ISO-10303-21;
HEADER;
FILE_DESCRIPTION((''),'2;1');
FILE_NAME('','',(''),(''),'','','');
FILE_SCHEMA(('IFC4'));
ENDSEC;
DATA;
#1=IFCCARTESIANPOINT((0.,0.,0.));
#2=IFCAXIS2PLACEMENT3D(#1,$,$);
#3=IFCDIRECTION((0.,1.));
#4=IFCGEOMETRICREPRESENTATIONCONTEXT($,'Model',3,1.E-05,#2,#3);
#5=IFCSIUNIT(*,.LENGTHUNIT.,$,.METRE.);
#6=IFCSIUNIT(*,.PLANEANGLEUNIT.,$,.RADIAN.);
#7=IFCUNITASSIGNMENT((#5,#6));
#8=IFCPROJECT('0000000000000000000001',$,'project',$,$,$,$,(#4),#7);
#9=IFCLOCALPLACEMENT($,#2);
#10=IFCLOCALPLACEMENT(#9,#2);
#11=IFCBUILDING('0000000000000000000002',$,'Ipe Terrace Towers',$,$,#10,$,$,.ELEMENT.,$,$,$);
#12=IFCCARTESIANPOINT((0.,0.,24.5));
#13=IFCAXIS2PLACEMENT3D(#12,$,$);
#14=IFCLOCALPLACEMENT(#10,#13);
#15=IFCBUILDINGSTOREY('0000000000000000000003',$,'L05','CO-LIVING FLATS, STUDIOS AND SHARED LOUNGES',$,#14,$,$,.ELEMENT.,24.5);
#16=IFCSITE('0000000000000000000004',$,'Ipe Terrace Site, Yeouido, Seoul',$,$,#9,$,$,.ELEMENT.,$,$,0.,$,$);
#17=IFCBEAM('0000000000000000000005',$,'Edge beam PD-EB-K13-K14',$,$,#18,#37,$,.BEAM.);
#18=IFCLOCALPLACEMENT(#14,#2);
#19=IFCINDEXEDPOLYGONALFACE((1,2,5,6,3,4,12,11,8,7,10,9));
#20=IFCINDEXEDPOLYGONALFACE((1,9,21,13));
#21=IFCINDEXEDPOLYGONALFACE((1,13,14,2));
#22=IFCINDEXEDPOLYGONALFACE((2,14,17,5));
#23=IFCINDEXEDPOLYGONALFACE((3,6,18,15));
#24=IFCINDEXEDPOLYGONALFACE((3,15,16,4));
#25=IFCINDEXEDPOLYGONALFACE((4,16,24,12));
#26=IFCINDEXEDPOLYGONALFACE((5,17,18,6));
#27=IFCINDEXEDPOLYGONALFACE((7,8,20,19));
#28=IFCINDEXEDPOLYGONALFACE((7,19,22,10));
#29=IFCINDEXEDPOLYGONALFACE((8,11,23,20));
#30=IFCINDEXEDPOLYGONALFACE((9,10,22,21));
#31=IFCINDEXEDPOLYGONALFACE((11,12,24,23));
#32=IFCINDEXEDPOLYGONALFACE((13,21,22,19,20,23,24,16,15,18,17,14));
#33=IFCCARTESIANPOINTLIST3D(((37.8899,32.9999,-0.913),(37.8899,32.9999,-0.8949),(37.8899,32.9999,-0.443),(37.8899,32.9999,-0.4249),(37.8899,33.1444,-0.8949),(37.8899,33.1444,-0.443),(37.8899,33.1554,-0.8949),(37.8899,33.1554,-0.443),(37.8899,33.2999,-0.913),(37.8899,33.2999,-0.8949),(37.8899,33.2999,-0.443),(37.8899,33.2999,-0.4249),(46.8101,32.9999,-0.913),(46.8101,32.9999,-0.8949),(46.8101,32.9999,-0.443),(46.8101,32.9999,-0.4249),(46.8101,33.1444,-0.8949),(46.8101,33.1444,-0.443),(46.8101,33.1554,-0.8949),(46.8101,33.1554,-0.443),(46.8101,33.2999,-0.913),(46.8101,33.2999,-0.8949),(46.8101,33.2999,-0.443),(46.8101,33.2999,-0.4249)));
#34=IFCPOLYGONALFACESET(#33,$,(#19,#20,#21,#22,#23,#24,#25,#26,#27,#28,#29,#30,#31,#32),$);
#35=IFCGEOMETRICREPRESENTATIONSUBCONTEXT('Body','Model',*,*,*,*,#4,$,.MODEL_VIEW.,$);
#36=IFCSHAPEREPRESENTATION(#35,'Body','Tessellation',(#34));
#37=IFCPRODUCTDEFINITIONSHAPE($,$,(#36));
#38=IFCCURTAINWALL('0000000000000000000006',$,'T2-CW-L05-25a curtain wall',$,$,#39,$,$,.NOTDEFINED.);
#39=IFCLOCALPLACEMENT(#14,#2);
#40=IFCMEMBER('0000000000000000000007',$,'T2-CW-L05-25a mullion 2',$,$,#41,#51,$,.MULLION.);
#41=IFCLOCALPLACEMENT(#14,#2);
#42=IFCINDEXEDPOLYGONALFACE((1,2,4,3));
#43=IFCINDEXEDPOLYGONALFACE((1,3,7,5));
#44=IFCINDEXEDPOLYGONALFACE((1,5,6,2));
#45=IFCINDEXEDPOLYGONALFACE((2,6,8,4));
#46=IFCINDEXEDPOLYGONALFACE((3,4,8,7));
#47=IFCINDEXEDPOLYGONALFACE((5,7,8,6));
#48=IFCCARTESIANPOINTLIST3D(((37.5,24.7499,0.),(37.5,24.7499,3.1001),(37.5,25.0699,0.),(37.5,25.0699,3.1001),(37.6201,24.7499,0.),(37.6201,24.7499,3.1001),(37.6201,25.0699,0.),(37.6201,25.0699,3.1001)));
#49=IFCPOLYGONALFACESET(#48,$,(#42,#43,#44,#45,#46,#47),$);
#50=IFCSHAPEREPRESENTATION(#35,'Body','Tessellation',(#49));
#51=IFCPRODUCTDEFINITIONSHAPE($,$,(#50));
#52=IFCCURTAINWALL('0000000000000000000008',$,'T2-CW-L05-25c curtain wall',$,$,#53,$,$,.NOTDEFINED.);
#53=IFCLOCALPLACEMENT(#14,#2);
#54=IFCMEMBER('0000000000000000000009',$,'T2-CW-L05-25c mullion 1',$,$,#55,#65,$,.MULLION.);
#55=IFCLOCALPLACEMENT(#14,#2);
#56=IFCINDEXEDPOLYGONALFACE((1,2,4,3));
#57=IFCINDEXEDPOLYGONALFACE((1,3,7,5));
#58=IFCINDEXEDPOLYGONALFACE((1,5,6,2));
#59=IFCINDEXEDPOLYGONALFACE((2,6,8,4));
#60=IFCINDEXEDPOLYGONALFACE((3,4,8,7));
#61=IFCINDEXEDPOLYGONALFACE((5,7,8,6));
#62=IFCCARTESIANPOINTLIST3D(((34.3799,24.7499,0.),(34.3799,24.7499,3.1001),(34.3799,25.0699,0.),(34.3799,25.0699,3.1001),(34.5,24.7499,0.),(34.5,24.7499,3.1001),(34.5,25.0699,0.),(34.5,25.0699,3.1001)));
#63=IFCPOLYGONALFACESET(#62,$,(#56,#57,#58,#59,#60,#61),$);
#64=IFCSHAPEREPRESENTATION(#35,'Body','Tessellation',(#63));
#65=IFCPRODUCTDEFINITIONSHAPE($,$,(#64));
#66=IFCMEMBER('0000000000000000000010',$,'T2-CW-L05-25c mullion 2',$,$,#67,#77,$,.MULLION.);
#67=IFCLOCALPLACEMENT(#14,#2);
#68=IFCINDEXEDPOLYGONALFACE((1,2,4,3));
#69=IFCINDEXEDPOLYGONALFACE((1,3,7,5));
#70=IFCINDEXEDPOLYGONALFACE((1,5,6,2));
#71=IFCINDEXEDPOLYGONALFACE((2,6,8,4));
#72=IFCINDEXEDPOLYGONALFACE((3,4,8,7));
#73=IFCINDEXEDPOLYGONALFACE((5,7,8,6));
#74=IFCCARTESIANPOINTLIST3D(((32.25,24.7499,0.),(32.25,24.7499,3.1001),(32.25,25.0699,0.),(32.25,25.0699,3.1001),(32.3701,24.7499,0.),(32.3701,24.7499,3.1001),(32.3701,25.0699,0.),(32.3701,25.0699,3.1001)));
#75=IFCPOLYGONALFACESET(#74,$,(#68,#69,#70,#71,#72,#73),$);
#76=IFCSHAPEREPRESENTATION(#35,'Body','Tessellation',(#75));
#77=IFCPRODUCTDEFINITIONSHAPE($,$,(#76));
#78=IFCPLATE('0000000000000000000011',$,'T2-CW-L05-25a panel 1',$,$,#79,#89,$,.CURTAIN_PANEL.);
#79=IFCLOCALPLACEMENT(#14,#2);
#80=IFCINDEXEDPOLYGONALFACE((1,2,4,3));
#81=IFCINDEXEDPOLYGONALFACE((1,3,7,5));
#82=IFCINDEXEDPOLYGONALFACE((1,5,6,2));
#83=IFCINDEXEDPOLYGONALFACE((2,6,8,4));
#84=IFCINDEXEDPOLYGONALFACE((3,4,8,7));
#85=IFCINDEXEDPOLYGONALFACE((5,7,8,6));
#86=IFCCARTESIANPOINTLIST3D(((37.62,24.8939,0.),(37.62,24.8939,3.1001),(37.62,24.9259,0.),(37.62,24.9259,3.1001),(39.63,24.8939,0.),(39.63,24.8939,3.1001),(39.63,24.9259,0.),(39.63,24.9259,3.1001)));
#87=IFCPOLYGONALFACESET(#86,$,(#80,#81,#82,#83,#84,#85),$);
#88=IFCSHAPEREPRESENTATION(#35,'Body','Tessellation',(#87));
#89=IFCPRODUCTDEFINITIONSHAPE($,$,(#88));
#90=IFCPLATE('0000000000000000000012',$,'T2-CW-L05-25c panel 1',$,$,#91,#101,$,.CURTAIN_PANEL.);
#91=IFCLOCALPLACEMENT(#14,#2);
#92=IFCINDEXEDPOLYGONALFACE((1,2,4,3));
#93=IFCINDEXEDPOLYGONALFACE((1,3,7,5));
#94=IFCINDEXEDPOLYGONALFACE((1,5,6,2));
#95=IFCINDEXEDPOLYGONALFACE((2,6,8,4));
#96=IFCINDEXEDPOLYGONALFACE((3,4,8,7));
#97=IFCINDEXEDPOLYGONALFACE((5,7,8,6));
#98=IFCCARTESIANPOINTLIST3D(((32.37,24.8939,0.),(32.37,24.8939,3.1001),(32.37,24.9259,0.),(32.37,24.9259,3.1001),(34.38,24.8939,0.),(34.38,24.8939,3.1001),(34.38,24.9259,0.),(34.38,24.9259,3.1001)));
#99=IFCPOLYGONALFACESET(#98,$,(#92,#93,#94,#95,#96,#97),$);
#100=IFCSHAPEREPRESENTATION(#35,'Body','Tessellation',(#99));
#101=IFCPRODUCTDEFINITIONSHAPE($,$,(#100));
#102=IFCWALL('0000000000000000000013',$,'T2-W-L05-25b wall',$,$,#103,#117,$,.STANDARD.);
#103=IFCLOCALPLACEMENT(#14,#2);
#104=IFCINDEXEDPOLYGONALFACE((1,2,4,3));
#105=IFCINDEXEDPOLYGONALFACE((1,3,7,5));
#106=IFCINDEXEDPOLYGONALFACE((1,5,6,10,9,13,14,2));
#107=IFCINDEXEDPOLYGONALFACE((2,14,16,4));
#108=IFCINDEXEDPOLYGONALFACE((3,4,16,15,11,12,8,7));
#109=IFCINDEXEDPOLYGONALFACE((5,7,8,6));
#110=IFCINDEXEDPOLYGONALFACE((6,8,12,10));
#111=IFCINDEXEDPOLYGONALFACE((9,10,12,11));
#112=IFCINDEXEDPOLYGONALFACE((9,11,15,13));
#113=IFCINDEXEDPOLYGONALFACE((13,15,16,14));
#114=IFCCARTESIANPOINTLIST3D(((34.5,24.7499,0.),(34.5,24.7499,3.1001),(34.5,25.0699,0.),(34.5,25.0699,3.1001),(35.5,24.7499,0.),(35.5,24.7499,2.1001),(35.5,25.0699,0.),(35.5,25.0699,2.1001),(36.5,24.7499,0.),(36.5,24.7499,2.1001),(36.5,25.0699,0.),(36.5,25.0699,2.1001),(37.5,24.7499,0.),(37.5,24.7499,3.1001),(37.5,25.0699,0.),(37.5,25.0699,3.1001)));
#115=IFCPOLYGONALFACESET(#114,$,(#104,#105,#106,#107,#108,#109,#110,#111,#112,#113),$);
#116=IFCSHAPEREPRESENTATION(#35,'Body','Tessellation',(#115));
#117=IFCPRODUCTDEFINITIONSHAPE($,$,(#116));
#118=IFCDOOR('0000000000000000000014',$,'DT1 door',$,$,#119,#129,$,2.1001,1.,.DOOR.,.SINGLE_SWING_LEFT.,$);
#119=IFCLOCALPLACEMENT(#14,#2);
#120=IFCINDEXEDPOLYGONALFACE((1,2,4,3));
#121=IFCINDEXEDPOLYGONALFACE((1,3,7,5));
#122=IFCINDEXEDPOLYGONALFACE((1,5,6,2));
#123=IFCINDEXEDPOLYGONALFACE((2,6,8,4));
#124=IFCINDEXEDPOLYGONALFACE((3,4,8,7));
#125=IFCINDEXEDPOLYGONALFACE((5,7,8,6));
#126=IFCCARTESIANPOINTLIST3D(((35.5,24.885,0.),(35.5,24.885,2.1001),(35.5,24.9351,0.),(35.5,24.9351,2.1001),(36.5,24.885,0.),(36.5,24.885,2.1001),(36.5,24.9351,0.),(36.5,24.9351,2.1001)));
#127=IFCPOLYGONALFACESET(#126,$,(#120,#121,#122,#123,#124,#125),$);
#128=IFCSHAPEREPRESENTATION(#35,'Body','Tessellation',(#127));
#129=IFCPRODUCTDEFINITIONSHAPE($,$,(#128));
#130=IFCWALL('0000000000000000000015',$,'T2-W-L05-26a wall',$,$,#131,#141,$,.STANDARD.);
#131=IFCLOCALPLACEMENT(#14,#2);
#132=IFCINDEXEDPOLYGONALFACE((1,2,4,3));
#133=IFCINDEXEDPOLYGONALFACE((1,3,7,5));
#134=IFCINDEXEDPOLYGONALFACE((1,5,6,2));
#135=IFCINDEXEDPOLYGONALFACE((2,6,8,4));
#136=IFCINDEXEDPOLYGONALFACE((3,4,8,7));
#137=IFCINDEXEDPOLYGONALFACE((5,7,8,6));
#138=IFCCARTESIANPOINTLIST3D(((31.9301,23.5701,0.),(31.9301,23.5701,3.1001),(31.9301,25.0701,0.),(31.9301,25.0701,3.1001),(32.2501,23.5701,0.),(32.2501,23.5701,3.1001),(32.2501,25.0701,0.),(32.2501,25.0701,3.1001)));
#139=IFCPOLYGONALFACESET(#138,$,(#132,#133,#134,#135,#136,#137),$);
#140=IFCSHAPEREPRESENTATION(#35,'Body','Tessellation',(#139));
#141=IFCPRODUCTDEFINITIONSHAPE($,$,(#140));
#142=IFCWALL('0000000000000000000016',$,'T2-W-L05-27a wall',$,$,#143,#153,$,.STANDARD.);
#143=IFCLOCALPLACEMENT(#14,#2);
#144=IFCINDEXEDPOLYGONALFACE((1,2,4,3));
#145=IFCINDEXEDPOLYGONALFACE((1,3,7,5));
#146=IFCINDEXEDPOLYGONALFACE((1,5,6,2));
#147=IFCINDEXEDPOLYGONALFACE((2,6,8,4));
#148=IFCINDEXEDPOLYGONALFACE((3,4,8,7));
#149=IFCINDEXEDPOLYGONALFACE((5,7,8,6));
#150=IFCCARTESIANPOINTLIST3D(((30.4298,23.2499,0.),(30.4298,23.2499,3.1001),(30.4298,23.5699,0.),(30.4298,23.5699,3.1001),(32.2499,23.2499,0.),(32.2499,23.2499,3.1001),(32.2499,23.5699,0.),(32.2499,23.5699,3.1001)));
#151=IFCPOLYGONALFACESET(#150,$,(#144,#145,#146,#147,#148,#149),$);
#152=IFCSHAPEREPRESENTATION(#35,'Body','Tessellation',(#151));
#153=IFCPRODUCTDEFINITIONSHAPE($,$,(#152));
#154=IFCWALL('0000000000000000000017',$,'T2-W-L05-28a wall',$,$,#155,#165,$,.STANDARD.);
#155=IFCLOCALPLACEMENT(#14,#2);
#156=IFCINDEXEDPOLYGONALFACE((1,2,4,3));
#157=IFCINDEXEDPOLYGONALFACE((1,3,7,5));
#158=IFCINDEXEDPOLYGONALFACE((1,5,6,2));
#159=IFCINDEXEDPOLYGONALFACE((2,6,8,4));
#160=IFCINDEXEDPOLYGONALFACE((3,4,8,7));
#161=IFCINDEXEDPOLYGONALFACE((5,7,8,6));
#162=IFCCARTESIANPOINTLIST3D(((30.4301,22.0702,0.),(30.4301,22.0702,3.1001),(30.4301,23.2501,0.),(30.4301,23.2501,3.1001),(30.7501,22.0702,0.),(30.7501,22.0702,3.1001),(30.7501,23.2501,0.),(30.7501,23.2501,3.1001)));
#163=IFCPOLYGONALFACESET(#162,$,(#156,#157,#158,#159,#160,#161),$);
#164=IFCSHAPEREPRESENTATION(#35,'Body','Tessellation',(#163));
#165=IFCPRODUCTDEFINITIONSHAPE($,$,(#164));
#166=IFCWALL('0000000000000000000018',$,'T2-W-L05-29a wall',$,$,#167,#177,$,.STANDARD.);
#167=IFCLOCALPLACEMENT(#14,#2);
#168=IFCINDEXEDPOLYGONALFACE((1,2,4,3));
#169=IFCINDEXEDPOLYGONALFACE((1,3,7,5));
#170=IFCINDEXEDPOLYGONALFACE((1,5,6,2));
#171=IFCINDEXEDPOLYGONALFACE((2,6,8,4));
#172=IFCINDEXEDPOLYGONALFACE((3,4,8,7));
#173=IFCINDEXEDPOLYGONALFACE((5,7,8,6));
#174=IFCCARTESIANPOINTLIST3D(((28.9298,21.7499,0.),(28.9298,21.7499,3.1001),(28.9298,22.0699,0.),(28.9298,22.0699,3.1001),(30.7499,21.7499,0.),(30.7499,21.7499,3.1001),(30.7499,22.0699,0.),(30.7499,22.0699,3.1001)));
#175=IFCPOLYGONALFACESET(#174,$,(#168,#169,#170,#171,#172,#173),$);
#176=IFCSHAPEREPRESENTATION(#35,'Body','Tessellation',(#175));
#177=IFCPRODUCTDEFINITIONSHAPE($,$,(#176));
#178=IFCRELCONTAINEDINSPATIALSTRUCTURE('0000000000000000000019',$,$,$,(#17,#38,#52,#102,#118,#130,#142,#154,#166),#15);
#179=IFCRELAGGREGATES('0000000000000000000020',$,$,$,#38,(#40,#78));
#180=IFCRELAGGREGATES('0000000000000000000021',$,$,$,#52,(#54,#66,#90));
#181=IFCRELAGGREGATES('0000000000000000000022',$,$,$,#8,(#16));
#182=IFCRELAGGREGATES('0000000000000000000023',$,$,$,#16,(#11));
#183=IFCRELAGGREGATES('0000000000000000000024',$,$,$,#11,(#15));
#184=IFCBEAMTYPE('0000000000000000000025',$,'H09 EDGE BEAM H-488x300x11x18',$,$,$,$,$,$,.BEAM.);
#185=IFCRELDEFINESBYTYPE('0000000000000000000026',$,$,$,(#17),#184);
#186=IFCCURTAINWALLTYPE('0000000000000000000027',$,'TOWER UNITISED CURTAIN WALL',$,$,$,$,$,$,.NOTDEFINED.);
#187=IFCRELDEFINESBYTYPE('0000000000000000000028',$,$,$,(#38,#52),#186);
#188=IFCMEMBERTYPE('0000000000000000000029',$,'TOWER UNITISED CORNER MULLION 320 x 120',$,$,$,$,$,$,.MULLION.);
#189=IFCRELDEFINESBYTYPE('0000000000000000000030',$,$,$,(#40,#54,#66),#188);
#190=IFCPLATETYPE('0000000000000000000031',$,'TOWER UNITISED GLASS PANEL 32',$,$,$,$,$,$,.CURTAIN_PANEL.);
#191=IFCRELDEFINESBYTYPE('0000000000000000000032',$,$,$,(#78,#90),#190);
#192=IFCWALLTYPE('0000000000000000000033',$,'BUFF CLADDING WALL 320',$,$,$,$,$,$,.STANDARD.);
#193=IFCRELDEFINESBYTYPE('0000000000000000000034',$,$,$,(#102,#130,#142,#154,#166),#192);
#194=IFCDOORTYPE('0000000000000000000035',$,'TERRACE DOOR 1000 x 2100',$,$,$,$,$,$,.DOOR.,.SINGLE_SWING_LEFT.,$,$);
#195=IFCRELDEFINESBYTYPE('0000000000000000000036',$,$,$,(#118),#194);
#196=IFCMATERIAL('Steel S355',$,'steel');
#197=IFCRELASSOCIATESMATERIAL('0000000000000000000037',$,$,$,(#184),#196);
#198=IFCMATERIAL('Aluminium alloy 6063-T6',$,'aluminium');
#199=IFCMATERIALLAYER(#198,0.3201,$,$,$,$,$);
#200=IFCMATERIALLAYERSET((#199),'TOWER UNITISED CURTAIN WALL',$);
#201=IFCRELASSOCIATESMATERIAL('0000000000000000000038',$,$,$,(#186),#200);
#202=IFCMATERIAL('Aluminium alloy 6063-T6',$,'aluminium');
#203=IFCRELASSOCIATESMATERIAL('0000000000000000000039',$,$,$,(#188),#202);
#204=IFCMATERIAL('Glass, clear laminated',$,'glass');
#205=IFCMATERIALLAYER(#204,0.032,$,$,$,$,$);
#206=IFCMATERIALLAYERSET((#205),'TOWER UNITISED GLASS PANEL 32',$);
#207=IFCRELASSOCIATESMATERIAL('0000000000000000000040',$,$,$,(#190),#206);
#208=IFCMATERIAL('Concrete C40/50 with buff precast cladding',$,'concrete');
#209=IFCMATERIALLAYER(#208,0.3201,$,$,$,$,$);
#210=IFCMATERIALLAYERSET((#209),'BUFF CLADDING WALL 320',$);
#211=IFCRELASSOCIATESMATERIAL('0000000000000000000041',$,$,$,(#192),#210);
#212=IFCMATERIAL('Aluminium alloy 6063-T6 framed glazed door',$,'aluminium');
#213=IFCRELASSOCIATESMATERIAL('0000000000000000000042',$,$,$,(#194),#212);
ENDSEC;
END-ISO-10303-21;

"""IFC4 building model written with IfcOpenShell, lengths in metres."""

from ifc_helpers import new_model, si_unit, direction, frame, frame_2d, origin, origin_2d, place, context, subcontext, project, spatial, rectangle, i_section, extrude, material, layer, layer_set, material_profile, profile_set, type_object, element, fill, aggregate, save


model = new_model("IFC4")

# Units and contexts
model_context = context("Model", 3, precision=1e-05, world=origin(), true_north=direction((0.0, 1.0)))
body_context = subcontext(model_context, "Body", "Model", "MODEL_VIEW")
ifc_project = project(units=[si_unit("LENGTHUNIT", "METRE"), si_unit("PLANEANGLEUNIT", "RADIAN")], contexts=[model_context])

# Site, building, storey
site_placement = place(None, origin())
site = spatial("IfcSite", under=ifc_project, at=site_placement, Name="Ipe Terrace Site, Yeouido, Seoul", CompositionType="ELEMENT", RefElevation=0.0)
building_placement = place(site_placement, origin())
building = spatial("IfcBuilding", under=site, at=building_placement, Name="Ipe Terrace Towers", CompositionType="ELEMENT")
storey_placement = place(building_placement, frame((0.0, 0.0, 24.5)))
storey = spatial("IfcBuildingStorey", under=building, at=storey_placement, Name="L05", Description="CO-LIVING FLATS, STUDIOS AND SHARED LOUNGES", CompositionType="ELEMENT", Elevation=24.5)

# Beam
ifc_material_1 = material(Name="Steel S355", Category="steel")
ifc_material_profile_1 = material_profile(ifc_material_1, i_section(OverallWidth=0.3, OverallDepth=0.488, WebThickness=0.011, FlangeThickness=0.0181, at=origin_2d()), Name="H-488x300x11x18")
ifc_profile_set_1 = profile_set([ifc_material_profile_1], Name="Steel S355")
beam_type = type_object("IfcBeamType", Name="H09 EDGE BEAM H-488x300x11x18", PredefinedType="BEAM", material=ifc_profile_set_1)
beam_placement = place(storey_placement, frame((37.8899, 33.1499, -0.6689), z_axis=(1.0, 0.0, 0.0), x_axis=(0.0, 1.0, 0.0)))
element("IfcBeam", 1, at=beam_placement, inside=storey, type_object=beam_type, Name="Edge beam PD-EB-K13-K14", PredefinedType="BEAM", context=body_context, shape_type="SweptSolid", body=[
    extrude(i_section(OverallWidth=0.3, OverallDepth=0.488, WebThickness=0.011, FlangeThickness=0.0181, at=origin_2d()), origin(), (0.0, 0.0, 1.0), 8.9202),
])

# Curtain wall, member
ifc_material_2 = material(Name="Aluminium alloy 6063-T6", Category="aluminium")
ifc_layer_1 = layer(ifc_material_2, 0.3201)
ifc_layer_set_1 = layer_set([ifc_layer_1], Name="TOWER UNITISED CURTAIN WALL")
curtain_wall_type = type_object("IfcCurtainWallType", Name="TOWER UNITISED CURTAIN WALL", PredefinedType="NOTDEFINED", material=ifc_layer_set_1)
curtain_wall_1_placement = place(storey_placement, origin())
curtain_wall_1 = element("IfcCurtainWall", 2, at=curtain_wall_1_placement, inside=storey, type_object=curtain_wall_type, Name="T2-CW-L05-25a curtain wall", PredefinedType="NOTDEFINED")
ifc_material_3 = material(Name="Aluminium alloy 6063-T6", Category="aluminium")
ifc_material_profile_2 = material_profile(ifc_material_3, rectangle(XDim=0.3201, YDim=0.1201, at=origin_2d()), Name="TOWER UNITISED CORNER MULLION 320 x 120")
ifc_profile_set_2 = profile_set([ifc_material_profile_2], Name="Aluminium alloy 6063-T6")
member_type = type_object("IfcMemberType", Name="TOWER UNITISED CORNER MULLION 320 x 120", PredefinedType="MULLION", material=ifc_profile_set_2)
member_1_placement = place(storey_placement, frame((37.5601, 24.9099, 0.0), z_axis=(0.0, 0.0, 1.0), x_axis=(0.0, 1.0, 0.0)))
member_1 = element("IfcMember", 3, at=member_1_placement, type_object=member_type, Name="T2-CW-L05-25a mullion 2", PredefinedType="MULLION", context=body_context, shape_type="SweptSolid", body=[
    extrude(rectangle(XDim=0.3201, YDim=0.1201, at=origin_2d()), origin(), (0.0, 0.0, 1.0), 3.1001),
])

# Curtain wall, members
curtain_wall_2_placement = place(storey_placement, origin())
curtain_wall_2 = element("IfcCurtainWall", 4, at=curtain_wall_2_placement, inside=storey, type_object=curtain_wall_type, Name="T2-CW-L05-25c curtain wall", PredefinedType="NOTDEFINED")
member_2_placement = place(storey_placement, frame((34.4399, 24.9099, 0.0), z_axis=(0.0, 0.0, 1.0), x_axis=(0.0, 1.0, 0.0)))
member_2 = element("IfcMember", 5, at=member_2_placement, type_object=member_type, Name="T2-CW-L05-25c mullion 1", PredefinedType="MULLION", context=body_context, shape_type="SweptSolid", body=[
    extrude(rectangle(XDim=0.3201, YDim=0.1201, at=origin_2d()), origin(), (0.0, 0.0, 1.0), 3.1001),
])
member_3_placement = place(storey_placement, frame((32.3101, 24.9099, 0.0), z_axis=(0.0, 0.0, 1.0), x_axis=(0.0, 1.0, 0.0)))
member_3 = element("IfcMember", 6, at=member_3_placement, type_object=member_type, Name="T2-CW-L05-25c mullion 2", PredefinedType="MULLION", context=body_context, shape_type="SweptSolid", body=[
    extrude(rectangle(XDim=0.3201, YDim=0.1201, at=origin_2d()), origin(), (0.0, 0.0, 1.0), 3.1001),
])

# Plates
ifc_material_4 = material(Name="Glass, clear laminated", Category="glass")
ifc_layer_2 = layer(ifc_material_4, 0.032)
ifc_layer_set_2 = layer_set([ifc_layer_2], Name="TOWER UNITISED GLASS PANEL 32")
plate_type = type_object("IfcPlateType", Name="TOWER UNITISED GLASS PANEL 32", PredefinedType="CURTAIN_PANEL", material=ifc_layer_set_2)
plate_1_placement = place(storey_placement, frame((38.625, 24.9099, 0.0), z_axis=(0.0, 0.0, 1.0), x_axis=(-1.0, 0.0, 0.0)))
plate_1 = element("IfcPlate", 7, at=plate_1_placement, type_object=plate_type, Name="T2-CW-L05-25a panel 1", PredefinedType="CURTAIN_PANEL", context=body_context, shape_type="SweptSolid", body=[
    extrude(rectangle(XDim=2.01, YDim=0.032, at=origin_2d()), origin(), (0.0, 0.0, 1.0), 3.1001),
])
aggregate(curtain_wall_1, [member_1, plate_1])
plate_2_placement = place(storey_placement, frame((33.375, 24.9099, 0.0), z_axis=(0.0, 0.0, 1.0), x_axis=(-1.0, 0.0, 0.0)))
plate_2 = element("IfcPlate", 8, at=plate_2_placement, type_object=plate_type, Name="T2-CW-L05-25c panel 1", PredefinedType="CURTAIN_PANEL", context=body_context, shape_type="SweptSolid", body=[
    extrude(rectangle(XDim=2.01, YDim=0.032, at=origin_2d()), origin(), (0.0, 0.0, 1.0), 3.1001),
])
aggregate(curtain_wall_2, [member_2, member_3, plate_2])

# Wall, opening, door
ifc_material_5 = material(Name="Concrete C40/50 with buff precast cladding", Category="concrete")
ifc_layer_3 = layer(ifc_material_5, 0.3201)
ifc_layer_set_3 = layer_set([ifc_layer_3], Name="BUFF CLADDING WALL 320")
wall_type_1 = type_object("IfcWallType", Name="BUFF CLADDING WALL 320", PredefinedType="STANDARD", material=ifc_layer_set_3)
wall_1_placement = place(storey_placement, frame((37.5, 24.9099, 0.0), z_axis=(0.0, 0.0, 1.0), x_axis=(-1.0, 0.0, 0.0)))
wall_1 = element("IfcWall", 9, at=wall_1_placement, inside=storey, type_object=wall_type_1, Name="T2-W-L05-25b wall", PredefinedType="STANDARD", context=body_context, shape_type="SweptSolid", body=[
    extrude(rectangle(XDim=3.0, YDim=0.3201, at=frame_2d((1.5, 0.0))), origin(), (0.0, 0.0, 1.0), 3.1001),
])
opening_1_placement = place(wall_1_placement, frame((1.0, 0.0, 0.0)))
opening_1 = element("IfcOpeningElement", 10, at=opening_1_placement, cuts=wall_1, PredefinedType="OPENING", context=body_context, shape_type="SweptSolid", body=[
    extrude(rectangle(XDim=1.0, YDim=2.1001, at=frame_2d((0.5, 1.05))), frame((0.0, 0.1699, 0.0), z_axis=(0.0, -1.0, 0.0), x_axis=(1.0, 0.0, 0.0)), (0.0, 0.0, 1.0), 0.3401),
])
ifc_material_6 = material(Name="Aluminium alloy 6063-T6 framed glazed door", Category="aluminium")
door_type_1 = type_object("IfcDoorType", Name="TERRACE DOOR 1000 x 2100", OperationType="SINGLE_SWING_LEFT", PredefinedType="DOOR", material=ifc_material_6)
door_1_placement = place(opening_1_placement, origin())
door_1 = element("IfcDoor", 11, at=door_1_placement, inside=storey, type_object=door_type_1, Name="DT1 door", OperationType="SINGLE_SWING_LEFT", OverallHeight=2.1001, OverallWidth=1.0, PredefinedType="DOOR", context=body_context, shape_type="SweptSolid", body=[
    extrude(rectangle(XDim=1.0, YDim=2.1001, at=frame_2d((0.5, 1.05))), frame((0.0, 0.0249, 0.0), z_axis=(0.0, -1.0, 0.0), x_axis=(1.0, 0.0, 0.0)), (0.0, 0.0, 1.0), 0.05),
])
fill(opening_1, door_1)

# Walls
wall_2_placement = place(storey_placement, frame((32.0901, 25.0701, 0.0), z_axis=(0.0, 0.0, 1.0), x_axis=(0.0, -1.0, 0.0)))
element("IfcWall", 12, at=wall_2_placement, inside=storey, type_object=wall_type_1, Name="T2-W-L05-26a wall", PredefinedType="STANDARD", context=body_context, shape_type="SweptSolid", body=[
    extrude(rectangle(XDim=1.5, YDim=0.3201, at=frame_2d((0.75, 0.0))), origin(), (0.0, 0.0, 1.0), 3.1001),
])
wall_3_placement = place(storey_placement, frame((32.25, 23.4099, 0.0), z_axis=(0.0, 0.0, 1.0), x_axis=(-1.0, 0.0, 0.0)))
element("IfcWall", 13, at=wall_3_placement, inside=storey, type_object=wall_type_1, Name="T2-W-L05-27a wall", PredefinedType="STANDARD", context=body_context, shape_type="SweptSolid", body=[
    extrude(rectangle(XDim=1.8201, YDim=0.3201, at=frame_2d((0.9102, 0.0))), origin(), (0.0, 0.0, 1.0), 3.1001),
])
wall_4_placement = place(storey_placement, frame((30.5901, 23.25, 0.0), z_axis=(0.0, 0.0, 1.0), x_axis=(0.0, -1.0, 0.0)))
element("IfcWall", 14, at=wall_4_placement, inside=storey, type_object=wall_type_1, Name="T2-W-L05-28a wall", PredefinedType="STANDARD", context=body_context, shape_type="SweptSolid", body=[
    extrude(rectangle(XDim=1.1799, YDim=0.3201, at=frame_2d((0.5898, 0.0))), origin(), (0.0, 0.0, 1.0), 3.1001),
])
wall_5_placement = place(storey_placement, frame((30.75, 21.9099, 0.0), z_axis=(0.0, 0.0, 1.0), x_axis=(-1.0, 0.0, 0.0)))
element("IfcWall", 15, at=wall_5_placement, inside=storey, type_object=wall_type_1, Name="T2-W-L05-29a wall", PredefinedType="STANDARD", context=body_context, shape_type="SweptSolid", body=[
    extrude(rectangle(XDim=1.8201, YDim=0.3201, at=frame_2d((0.9102, 0.0))), origin(), (0.0, 0.0, 1.0), 3.1001),
])

save(model, "model.ifc")
